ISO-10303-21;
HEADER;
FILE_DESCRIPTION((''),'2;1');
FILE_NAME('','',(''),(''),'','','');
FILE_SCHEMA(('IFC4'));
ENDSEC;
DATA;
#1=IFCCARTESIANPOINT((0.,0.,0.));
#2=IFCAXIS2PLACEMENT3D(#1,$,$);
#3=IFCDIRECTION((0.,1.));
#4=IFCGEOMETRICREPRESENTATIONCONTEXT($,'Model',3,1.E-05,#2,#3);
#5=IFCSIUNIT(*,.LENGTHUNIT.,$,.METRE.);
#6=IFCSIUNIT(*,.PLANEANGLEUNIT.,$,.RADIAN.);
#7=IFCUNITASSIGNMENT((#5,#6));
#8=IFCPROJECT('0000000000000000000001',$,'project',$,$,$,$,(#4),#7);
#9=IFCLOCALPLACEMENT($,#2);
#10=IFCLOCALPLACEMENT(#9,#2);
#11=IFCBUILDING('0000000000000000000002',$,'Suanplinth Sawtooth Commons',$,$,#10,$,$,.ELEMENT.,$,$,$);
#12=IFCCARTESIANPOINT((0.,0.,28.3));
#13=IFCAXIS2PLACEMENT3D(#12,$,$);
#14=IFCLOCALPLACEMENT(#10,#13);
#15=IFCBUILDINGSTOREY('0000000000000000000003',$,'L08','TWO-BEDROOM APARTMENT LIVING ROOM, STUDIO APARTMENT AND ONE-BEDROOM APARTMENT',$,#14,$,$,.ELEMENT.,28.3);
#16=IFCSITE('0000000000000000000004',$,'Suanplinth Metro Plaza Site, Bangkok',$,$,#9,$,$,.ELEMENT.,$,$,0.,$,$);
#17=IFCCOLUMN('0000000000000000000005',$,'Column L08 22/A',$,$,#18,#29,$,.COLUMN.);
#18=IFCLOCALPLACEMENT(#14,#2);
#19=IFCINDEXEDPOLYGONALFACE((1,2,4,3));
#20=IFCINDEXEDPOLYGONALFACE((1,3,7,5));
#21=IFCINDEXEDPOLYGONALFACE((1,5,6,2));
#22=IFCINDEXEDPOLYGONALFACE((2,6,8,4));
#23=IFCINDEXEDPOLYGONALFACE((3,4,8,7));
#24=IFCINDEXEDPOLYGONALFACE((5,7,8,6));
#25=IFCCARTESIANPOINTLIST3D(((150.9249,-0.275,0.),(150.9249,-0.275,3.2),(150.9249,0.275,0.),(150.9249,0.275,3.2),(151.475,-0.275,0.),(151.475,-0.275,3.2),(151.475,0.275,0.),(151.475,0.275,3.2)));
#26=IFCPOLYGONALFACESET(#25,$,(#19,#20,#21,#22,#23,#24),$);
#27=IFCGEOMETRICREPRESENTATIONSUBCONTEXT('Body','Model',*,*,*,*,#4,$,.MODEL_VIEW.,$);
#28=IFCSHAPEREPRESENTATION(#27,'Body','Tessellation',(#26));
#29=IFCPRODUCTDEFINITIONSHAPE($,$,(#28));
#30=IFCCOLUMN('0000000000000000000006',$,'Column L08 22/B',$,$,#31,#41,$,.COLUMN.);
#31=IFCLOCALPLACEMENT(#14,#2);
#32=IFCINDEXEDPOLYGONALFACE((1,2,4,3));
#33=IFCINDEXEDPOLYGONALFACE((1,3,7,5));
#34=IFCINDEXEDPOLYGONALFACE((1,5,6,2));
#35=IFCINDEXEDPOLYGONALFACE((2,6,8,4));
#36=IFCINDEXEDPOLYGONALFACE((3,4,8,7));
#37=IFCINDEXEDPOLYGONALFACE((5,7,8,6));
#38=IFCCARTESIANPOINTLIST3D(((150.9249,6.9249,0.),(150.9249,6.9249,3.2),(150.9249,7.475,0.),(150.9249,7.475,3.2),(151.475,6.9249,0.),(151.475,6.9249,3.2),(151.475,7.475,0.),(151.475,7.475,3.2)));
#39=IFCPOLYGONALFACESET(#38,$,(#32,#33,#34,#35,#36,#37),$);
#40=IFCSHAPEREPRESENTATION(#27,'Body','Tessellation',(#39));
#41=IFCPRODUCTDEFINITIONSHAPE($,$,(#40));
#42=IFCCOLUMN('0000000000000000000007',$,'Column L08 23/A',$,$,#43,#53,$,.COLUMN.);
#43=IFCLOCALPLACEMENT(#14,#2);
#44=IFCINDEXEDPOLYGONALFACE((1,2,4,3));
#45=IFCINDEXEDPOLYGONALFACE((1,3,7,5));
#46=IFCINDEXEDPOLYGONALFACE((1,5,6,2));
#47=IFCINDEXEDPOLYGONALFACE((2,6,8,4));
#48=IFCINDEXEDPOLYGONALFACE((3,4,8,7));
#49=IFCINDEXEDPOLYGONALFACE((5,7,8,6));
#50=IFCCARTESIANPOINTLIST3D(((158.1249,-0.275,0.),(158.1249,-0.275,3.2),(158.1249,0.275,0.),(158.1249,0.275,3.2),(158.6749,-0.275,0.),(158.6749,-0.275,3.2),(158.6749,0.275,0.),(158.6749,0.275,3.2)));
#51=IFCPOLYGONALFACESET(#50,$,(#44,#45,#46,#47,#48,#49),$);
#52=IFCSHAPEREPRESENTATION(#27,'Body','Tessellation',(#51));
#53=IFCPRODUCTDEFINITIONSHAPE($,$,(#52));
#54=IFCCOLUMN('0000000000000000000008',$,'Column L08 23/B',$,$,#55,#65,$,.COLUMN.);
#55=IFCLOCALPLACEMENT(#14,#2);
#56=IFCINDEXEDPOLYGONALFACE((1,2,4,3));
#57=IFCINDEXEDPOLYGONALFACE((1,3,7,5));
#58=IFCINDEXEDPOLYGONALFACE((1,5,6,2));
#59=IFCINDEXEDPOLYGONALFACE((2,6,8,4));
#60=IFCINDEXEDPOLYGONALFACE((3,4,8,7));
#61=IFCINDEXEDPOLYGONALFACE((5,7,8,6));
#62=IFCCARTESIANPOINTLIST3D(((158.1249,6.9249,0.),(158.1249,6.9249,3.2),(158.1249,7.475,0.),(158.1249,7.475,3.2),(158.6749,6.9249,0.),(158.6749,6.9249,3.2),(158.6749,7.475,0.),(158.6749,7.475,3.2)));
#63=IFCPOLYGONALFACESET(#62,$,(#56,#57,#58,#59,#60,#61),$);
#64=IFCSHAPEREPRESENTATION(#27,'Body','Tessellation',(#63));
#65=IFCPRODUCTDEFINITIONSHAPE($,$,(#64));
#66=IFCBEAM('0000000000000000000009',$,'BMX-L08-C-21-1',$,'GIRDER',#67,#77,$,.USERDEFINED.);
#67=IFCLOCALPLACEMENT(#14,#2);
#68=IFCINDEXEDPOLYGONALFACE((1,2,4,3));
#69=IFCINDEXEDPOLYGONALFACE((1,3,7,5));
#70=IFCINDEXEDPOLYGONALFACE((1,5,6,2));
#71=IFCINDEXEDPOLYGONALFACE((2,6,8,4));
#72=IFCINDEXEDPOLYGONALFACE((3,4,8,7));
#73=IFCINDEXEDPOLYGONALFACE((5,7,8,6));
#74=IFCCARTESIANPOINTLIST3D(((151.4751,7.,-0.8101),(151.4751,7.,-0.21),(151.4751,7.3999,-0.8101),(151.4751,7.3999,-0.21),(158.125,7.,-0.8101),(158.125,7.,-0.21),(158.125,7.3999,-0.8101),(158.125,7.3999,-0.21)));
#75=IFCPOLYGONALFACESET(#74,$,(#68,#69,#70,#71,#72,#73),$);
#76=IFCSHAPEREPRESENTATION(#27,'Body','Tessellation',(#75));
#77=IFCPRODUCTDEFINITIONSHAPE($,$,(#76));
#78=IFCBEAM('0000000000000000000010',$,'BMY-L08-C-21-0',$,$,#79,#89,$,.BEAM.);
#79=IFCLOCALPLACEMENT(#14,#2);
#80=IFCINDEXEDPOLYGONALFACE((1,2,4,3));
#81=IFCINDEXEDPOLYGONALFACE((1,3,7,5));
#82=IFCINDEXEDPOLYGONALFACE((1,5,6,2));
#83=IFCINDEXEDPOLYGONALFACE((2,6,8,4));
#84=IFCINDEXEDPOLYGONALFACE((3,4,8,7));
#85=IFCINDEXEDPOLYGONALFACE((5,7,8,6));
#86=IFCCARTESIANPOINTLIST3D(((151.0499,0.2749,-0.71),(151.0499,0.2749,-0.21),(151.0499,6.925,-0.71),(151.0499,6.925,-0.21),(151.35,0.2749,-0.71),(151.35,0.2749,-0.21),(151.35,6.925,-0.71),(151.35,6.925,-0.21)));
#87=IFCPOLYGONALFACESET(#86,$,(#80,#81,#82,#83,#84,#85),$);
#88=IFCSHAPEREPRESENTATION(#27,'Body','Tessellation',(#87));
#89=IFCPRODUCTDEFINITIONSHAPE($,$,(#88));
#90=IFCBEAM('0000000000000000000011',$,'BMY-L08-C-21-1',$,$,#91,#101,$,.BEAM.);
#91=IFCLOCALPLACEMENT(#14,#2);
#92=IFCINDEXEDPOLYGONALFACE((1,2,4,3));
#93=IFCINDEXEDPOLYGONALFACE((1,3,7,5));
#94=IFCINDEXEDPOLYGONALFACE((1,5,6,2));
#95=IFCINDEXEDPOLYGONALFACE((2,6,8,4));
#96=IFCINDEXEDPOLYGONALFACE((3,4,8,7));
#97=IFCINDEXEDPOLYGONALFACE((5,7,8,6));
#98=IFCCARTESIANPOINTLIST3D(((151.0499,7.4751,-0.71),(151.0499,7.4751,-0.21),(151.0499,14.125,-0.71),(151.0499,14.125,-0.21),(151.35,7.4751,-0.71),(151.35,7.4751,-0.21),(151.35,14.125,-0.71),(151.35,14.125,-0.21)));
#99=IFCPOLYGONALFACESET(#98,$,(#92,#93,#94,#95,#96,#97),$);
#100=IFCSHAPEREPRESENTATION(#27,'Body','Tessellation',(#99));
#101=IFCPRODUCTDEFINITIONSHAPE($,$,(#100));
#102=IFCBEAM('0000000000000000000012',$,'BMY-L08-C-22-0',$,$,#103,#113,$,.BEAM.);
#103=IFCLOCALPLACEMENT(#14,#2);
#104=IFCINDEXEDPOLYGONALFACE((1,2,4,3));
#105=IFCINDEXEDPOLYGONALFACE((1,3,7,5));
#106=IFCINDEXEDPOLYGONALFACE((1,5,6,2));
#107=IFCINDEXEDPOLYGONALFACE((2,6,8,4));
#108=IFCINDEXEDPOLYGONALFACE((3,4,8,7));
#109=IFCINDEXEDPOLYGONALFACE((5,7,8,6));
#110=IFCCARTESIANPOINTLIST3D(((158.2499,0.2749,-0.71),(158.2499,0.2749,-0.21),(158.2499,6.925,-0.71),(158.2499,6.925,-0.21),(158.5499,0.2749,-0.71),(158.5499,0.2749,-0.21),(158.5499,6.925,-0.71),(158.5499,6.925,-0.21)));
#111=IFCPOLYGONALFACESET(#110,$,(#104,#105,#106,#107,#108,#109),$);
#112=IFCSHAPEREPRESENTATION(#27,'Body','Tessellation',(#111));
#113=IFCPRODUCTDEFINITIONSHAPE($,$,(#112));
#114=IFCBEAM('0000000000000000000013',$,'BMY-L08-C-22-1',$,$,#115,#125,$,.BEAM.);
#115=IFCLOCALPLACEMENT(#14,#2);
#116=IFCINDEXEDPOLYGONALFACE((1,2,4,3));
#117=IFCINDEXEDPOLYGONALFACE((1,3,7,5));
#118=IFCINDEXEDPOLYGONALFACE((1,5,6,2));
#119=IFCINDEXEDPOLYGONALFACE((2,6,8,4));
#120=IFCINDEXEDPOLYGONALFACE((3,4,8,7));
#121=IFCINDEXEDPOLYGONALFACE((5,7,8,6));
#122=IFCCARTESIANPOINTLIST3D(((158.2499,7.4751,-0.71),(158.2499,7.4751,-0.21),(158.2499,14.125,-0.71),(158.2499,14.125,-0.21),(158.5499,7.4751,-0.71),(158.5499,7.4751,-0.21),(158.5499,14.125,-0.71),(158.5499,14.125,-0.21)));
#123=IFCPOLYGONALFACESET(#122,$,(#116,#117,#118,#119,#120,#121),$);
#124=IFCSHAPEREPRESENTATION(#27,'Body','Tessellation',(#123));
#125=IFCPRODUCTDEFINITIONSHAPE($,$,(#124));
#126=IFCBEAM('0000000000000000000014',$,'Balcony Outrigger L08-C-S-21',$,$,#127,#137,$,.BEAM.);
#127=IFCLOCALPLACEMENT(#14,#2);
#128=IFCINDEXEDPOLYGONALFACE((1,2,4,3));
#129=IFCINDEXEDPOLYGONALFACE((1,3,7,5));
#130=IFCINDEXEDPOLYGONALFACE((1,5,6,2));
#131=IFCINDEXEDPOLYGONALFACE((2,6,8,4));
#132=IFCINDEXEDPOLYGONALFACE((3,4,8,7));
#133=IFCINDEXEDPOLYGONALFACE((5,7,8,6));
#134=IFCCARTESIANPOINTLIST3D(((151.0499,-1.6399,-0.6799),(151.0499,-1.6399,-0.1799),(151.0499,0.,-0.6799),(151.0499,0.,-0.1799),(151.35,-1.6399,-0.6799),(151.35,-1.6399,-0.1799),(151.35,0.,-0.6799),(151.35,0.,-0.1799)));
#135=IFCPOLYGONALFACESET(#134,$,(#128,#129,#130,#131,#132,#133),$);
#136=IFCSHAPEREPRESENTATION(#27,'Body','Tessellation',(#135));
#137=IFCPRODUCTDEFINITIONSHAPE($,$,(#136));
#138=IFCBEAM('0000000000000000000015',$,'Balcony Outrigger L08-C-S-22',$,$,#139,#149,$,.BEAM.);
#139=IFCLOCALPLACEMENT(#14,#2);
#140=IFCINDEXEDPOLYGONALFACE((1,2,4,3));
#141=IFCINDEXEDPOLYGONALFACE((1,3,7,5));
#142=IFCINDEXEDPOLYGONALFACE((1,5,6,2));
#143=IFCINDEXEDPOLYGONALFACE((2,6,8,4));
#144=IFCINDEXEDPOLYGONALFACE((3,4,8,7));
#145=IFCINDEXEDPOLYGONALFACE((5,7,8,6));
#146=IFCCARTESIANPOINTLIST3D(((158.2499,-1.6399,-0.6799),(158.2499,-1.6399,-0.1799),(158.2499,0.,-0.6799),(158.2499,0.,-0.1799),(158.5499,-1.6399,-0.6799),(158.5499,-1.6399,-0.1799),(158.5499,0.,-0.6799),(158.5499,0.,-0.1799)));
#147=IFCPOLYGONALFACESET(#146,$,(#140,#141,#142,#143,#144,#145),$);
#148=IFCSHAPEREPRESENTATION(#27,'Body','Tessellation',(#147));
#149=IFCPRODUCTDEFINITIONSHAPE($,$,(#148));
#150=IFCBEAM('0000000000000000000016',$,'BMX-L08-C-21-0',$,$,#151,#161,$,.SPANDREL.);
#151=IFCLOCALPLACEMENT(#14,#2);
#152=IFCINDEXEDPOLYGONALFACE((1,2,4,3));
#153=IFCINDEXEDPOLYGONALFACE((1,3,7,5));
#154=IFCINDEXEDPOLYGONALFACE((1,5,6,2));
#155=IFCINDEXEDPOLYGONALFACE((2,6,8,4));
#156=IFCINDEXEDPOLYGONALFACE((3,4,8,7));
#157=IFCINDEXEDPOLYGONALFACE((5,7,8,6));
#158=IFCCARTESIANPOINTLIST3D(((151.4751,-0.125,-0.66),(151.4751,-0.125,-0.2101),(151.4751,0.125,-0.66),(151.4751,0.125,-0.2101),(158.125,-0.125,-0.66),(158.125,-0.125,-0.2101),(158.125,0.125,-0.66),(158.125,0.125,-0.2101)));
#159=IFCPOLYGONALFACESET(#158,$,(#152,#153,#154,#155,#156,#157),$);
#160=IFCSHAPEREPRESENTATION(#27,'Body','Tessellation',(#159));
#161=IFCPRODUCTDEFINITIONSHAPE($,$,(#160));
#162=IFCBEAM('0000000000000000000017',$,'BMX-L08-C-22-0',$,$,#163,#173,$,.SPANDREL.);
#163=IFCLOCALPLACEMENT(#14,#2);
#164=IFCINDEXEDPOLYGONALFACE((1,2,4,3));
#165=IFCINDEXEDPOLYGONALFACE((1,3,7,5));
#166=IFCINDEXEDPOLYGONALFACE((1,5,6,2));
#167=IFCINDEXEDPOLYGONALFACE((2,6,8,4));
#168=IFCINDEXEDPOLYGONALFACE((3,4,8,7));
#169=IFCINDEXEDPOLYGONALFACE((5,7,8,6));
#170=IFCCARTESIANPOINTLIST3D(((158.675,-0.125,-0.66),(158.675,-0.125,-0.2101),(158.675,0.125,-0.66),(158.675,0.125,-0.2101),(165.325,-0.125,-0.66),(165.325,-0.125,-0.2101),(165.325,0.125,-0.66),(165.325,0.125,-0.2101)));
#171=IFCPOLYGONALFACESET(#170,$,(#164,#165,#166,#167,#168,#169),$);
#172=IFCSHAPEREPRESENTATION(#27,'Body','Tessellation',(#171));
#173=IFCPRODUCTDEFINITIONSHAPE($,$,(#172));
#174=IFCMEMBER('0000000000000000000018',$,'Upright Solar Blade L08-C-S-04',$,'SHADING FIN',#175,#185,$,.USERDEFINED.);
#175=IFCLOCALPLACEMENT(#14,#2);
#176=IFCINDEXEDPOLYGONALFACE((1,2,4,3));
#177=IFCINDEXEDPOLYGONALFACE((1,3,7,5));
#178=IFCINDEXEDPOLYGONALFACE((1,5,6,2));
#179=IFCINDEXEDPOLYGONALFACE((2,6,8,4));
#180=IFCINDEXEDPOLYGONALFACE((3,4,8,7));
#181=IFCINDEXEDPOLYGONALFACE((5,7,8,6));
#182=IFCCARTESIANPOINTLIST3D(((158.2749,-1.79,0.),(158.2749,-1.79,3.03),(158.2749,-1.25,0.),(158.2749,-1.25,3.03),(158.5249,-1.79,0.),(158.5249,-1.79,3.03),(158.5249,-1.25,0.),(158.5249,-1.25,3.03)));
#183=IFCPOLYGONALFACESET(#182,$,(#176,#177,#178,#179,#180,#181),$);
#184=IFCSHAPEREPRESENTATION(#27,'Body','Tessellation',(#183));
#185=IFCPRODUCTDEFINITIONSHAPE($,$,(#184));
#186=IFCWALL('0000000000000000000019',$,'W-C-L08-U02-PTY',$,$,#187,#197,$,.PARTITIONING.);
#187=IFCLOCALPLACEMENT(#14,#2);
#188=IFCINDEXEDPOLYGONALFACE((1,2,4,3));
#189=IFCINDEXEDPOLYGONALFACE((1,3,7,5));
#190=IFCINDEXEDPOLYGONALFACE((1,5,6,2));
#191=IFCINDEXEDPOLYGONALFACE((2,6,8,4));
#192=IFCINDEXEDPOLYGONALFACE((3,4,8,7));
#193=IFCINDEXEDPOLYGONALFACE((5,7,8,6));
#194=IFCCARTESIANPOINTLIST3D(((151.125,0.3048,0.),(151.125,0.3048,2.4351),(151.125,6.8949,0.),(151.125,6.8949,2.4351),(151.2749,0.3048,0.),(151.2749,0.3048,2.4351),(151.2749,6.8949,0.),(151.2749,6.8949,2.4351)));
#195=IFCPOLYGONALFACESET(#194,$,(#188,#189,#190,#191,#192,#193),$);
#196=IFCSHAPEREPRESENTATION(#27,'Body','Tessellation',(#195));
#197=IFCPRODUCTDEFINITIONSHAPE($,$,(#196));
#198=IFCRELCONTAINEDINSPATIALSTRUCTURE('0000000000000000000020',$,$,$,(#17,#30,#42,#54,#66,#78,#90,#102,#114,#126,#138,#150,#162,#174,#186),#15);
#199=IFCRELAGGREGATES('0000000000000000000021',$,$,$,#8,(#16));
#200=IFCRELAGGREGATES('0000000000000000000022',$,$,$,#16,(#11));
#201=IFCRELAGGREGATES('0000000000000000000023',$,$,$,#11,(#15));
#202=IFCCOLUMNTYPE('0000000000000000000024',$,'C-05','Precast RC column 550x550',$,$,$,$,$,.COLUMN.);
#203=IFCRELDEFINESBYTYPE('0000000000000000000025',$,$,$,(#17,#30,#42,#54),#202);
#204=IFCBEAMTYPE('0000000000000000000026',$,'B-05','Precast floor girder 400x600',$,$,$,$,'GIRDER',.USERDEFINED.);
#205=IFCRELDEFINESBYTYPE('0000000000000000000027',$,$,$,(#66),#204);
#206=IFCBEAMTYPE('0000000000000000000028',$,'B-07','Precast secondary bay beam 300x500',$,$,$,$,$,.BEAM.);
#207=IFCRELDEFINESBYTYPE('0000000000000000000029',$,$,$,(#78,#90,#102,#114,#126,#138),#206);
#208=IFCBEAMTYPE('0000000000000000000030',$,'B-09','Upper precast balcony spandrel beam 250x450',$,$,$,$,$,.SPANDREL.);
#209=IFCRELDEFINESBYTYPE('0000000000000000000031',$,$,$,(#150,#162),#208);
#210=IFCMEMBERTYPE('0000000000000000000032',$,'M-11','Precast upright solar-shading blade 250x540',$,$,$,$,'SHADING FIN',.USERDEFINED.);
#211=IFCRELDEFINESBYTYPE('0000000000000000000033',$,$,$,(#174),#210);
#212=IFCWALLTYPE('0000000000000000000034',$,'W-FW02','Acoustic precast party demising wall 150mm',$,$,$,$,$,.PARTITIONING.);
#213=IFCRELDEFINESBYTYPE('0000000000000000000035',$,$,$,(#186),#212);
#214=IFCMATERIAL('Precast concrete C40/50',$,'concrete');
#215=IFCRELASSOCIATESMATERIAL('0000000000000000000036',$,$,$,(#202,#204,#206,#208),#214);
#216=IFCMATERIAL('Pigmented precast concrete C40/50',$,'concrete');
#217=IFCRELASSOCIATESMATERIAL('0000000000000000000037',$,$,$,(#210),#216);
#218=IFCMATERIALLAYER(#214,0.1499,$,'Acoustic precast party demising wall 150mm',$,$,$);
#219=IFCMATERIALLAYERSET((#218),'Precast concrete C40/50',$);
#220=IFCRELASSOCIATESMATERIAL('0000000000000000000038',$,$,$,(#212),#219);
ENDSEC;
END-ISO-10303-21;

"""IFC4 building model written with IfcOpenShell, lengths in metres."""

from ifc_helpers import new_model, si_unit, direction, frame, frame_2d, origin, origin_2d, place, context, subcontext, project, spatial, rectangle, extrude, material, layer, layer_set, material_profile, profile_set, type_object, element, save


model = new_model("IFC4")

# Units and contexts
model_context = context("Model", 3, precision=1e-05, world=origin(), true_north=direction((0.0, 1.0)))
body_context = subcontext(model_context, "Body", "Model", "MODEL_VIEW")
ifc_project = project(units=[si_unit("LENGTHUNIT", "METRE"), si_unit("PLANEANGLEUNIT", "RADIAN")], contexts=[model_context])

# Site, building, storey
site_placement = place(None, origin())
site = spatial("IfcSite", under=ifc_project, at=site_placement, Name="Suanplinth Metro Plaza Site, Bangkok", CompositionType="ELEMENT", RefElevation=0.0)
building_placement = place(site_placement, origin())
building = spatial("IfcBuilding", under=site, at=building_placement, Name="Suanplinth Sawtooth Commons", CompositionType="ELEMENT")
storey_placement = place(building_placement, frame((0.0, 0.0, 28.3)))
storey = spatial("IfcBuildingStorey", under=building, at=storey_placement, Name="L08", Description="TWO-BEDROOM APARTMENT LIVING ROOM, STUDIO APARTMENT AND ONE-BEDROOM APARTMENT", CompositionType="ELEMENT", Elevation=28.3)

# Columns
ifc_material_1 = material(Name="Precast concrete C40/50", Category="concrete")
ifc_material_profile_1 = material_profile(ifc_material_1, rectangle(XDim=0.55, YDim=0.55, at=origin_2d()), Name="PC-COL 550x550")
ifc_profile_set_1 = profile_set([ifc_material_profile_1], Name="Precast concrete C40/50")
column_type = type_object("IfcColumnType", Name="C-05", Description="Precast RC column 550x550", PredefinedType="COLUMN", material=ifc_profile_set_1)
for number, where, z_axis, x_axis, name in (
    (1, (151.2, 0.0, 0.0), (0.0, 0.0, 1.0), (1.0, 0.0, 0.0), "Column L08 22/A"),
    (2, (151.2, 7.2, 0.0), (0.0, 0.0, 1.0), (1.0, 0.0, 0.0), "Column L08 22/B"),
    (3, (158.3999, 0.0, 0.0), (0.0, 0.0, 1.0), (1.0, 0.0, 0.0), "Column L08 23/A"),
    (4, (158.3999, 7.2, 0.0), (0.0, 0.0, 1.0), (1.0, 0.0, 0.0), "Column L08 23/B"),
):
    element("IfcColumn", number, at=place(storey_placement, frame(where, z_axis=z_axis, x_axis=x_axis)), inside=storey, type_object=column_type, Name=name, PredefinedType="COLUMN", context=body_context, shape_type="SweptSolid", body=[
        extrude(rectangle(XDim=0.55, YDim=0.55, at=origin_2d()), origin(), (0.0, 0.0, 1.0), 3.2),
    ])

# Beams
ifc_material_profile_2 = material_profile(ifc_material_1, rectangle(XDim=0.3999, YDim=0.6001, at=origin_2d()), Name="PC-GDR 400x600")
ifc_profile_set_2 = profile_set([ifc_material_profile_2], Name="Precast concrete C40/50")
beam_type_1 = type_object("IfcBeamType", Name="B-05", Description="Precast floor girder 400x600", ElementType="GIRDER", PredefinedType="USERDEFINED", material=ifc_profile_set_2)
beam_1_placement = place(storey_placement, frame((151.4751, 7.2, -0.51), z_axis=(1.0, 0.0, 0.0), x_axis=(0.0, 1.0, 0.0)))
element("IfcBeam", 5, at=beam_1_placement, inside=storey, type_object=beam_type_1, Name="BMX-L08-C-21-1", ObjectType="GIRDER", PredefinedType="USERDEFINED", context=body_context, shape_type="SweptSolid", body=[
    extrude(rectangle(XDim=0.3999, YDim=0.6001, at=origin_2d()), origin(), (0.0, 0.0, 1.0), 6.6499),
])
ifc_material_profile_3 = material_profile(ifc_material_1, rectangle(XDim=0.3, YDim=0.5, at=origin_2d()), Name="PC-BM 300x500")
ifc_profile_set_3 = profile_set([ifc_material_profile_3], Name="Precast concrete C40/50")
beam_type_2 = type_object("IfcBeamType", Name="B-07", Description="Precast secondary bay beam 300x500", PredefinedType="BEAM", material=ifc_profile_set_3)
beam_2_placement = place(storey_placement, frame((151.2, 0.2749, -0.46), z_axis=(0.0, 1.0, 0.0), x_axis=(-1.0, 0.0, 0.0)))
element("IfcBeam", 6, at=beam_2_placement, inside=storey, type_object=beam_type_2, Name="BMY-L08-C-21-0", PredefinedType="BEAM", context=body_context, shape_type="SweptSolid", body=[
    extrude(rectangle(XDim=0.3, YDim=0.5, at=origin_2d()), origin(), (0.0, 0.0, 1.0), 6.6501),
])
beam_3_placement = place(storey_placement, frame((151.2, 7.4751, -0.46), z_axis=(0.0, 1.0, 0.0), x_axis=(-1.0, 0.0, 0.0)))
element("IfcBeam", 7, at=beam_3_placement, inside=storey, type_object=beam_type_2, Name="BMY-L08-C-21-1", PredefinedType="BEAM", context=body_context, shape_type="SweptSolid", body=[
    extrude(rectangle(XDim=0.3, YDim=0.5, at=origin_2d()), origin(), (0.0, 0.0, 1.0), 6.6499),
])
beam_4_placement = place(storey_placement, frame((158.3999, 0.2749, -0.46), z_axis=(0.0, 1.0, 0.0), x_axis=(-1.0, 0.0, 0.0)))
element("IfcBeam", 8, at=beam_4_placement, inside=storey, type_object=beam_type_2, Name="BMY-L08-C-22-0", PredefinedType="BEAM", context=body_context, shape_type="SweptSolid", body=[
    extrude(rectangle(XDim=0.3, YDim=0.5, at=origin_2d()), origin(), (0.0, 0.0, 1.0), 6.6501),
])
beam_5_placement = place(storey_placement, frame((158.3999, 7.4751, -0.46), z_axis=(0.0, 1.0, 0.0), x_axis=(-1.0, 0.0, 0.0)))
element("IfcBeam", 9, at=beam_5_placement, inside=storey, type_object=beam_type_2, Name="BMY-L08-C-22-1", PredefinedType="BEAM", context=body_context, shape_type="SweptSolid", body=[
    extrude(rectangle(XDim=0.3, YDim=0.5, at=origin_2d()), origin(), (0.0, 0.0, 1.0), 6.6499),
])
for number, where, z_axis, x_axis, name in (
    (10, (151.2, 0.0, -0.4299), (0.0, -1.0, 0.0), (1.0, 0.0, 0.0), "Balcony Outrigger L08-C-S-21"),
    (11, (158.3999, 0.0, -0.4299), (0.0, -1.0, 0.0), (1.0, 0.0, 0.0), "Balcony Outrigger L08-C-S-22"),
):
    element("IfcBeam", number, at=place(storey_placement, frame(where, z_axis=z_axis, x_axis=x_axis)), inside=storey, type_object=beam_type_2, Name=name, PredefinedType="BEAM", context=body_context, shape_type="SweptSolid", body=[
        extrude(rectangle(XDim=0.3, YDim=0.5, at=origin_2d()), origin(), (0.0, 0.0, 1.0), 1.6399),
    ])
ifc_material_profile_4 = material_profile(ifc_material_1, rectangle(XDim=0.25, YDim=0.45, at=origin_2d()), Name="PC-SP 250x450")
ifc_profile_set_4 = profile_set([ifc_material_profile_4], Name="Precast concrete C40/50")
beam_type_3 = type_object("IfcBeamType", Name="B-09", Description="Upper precast balcony spandrel beam 250x450", PredefinedType="SPANDREL", material=ifc_profile_set_4)
for number, where, z_axis, x_axis, name in (
    (12, (151.4751, 0.0, -0.4351), (1.0, 0.0, 0.0), (0.0, 1.0, 0.0), "BMX-L08-C-21-0"),
    (13, (158.675, 0.0, -0.4351), (1.0, 0.0, 0.0), (0.0, 1.0, 0.0), "BMX-L08-C-22-0"),
):
    element("IfcBeam", number, at=place(storey_placement, frame(where, z_axis=z_axis, x_axis=x_axis)), inside=storey, type_object=beam_type_3, Name=name, PredefinedType="SPANDREL", context=body_context, shape_type="SweptSolid", body=[
        extrude(rectangle(XDim=0.25, YDim=0.45, at=origin_2d()), origin(), (0.0, 0.0, 1.0), 6.6499),
    ])

# Member
ifc_material_2 = material(Name="Pigmented precast concrete C40/50", Category="concrete")
ifc_material_profile_5 = material_profile(ifc_material_2, rectangle(XDim=0.25, YDim=0.54, at=origin_2d()), Name="PC-FIN 250x540")
ifc_profile_set_5 = profile_set([ifc_material_profile_5], Name="Pigmented precast concrete C40/50")
member_type = type_object("IfcMemberType", Name="M-11", Description="Precast upright solar-shading blade 250x540", ElementType="SHADING FIN", PredefinedType="USERDEFINED", material=ifc_profile_set_5)
member_placement = place(storey_placement, frame((158.3999, -1.52, 0.0), z_axis=(0.0, 0.0, 1.0), x_axis=(1.0, 0.0, 0.0)))
element("IfcMember", 14, at=member_placement, inside=storey, type_object=member_type, Name="Upright Solar Blade L08-C-S-04", ObjectType="SHADING FIN", PredefinedType="USERDEFINED", context=body_context, shape_type="SweptSolid", body=[
    extrude(rectangle(XDim=0.25, YDim=0.54, at=origin_2d()), origin(), (0.0, 0.0, 1.0), 3.03),
])

# Wall
ifc_layer_1 = layer(ifc_material_1, 0.1499, Name="Acoustic precast party demising wall 150mm")
ifc_layer_set_1 = layer_set([ifc_layer_1], Name="Precast concrete C40/50")
wall_type_1 = type_object("IfcWallType", Name="W-FW02", Description="Acoustic precast party demising wall 150mm", PredefinedType="PARTITIONING", material=ifc_layer_set_1)
wall_1_placement = place(storey_placement, frame((151.2, 0.3049, 0.0), z_axis=(0.0, 0.0, 1.0), x_axis=(0.0, 1.0, 0.0)))
element("IfcWall", 15, at=wall_1_placement, inside=storey, type_object=wall_type_1, Name="W-C-L08-U02-PTY", PredefinedType="PARTITIONING", context=body_context, shape_type="SweptSolid", body=[
    extrude(rectangle(XDim=6.5901, YDim=0.1499, at=frame_2d((3.2949, 0.0))), origin(), (0.0, 0.0, 1.0), 2.4351),
])

save(model, "model.ifc")
